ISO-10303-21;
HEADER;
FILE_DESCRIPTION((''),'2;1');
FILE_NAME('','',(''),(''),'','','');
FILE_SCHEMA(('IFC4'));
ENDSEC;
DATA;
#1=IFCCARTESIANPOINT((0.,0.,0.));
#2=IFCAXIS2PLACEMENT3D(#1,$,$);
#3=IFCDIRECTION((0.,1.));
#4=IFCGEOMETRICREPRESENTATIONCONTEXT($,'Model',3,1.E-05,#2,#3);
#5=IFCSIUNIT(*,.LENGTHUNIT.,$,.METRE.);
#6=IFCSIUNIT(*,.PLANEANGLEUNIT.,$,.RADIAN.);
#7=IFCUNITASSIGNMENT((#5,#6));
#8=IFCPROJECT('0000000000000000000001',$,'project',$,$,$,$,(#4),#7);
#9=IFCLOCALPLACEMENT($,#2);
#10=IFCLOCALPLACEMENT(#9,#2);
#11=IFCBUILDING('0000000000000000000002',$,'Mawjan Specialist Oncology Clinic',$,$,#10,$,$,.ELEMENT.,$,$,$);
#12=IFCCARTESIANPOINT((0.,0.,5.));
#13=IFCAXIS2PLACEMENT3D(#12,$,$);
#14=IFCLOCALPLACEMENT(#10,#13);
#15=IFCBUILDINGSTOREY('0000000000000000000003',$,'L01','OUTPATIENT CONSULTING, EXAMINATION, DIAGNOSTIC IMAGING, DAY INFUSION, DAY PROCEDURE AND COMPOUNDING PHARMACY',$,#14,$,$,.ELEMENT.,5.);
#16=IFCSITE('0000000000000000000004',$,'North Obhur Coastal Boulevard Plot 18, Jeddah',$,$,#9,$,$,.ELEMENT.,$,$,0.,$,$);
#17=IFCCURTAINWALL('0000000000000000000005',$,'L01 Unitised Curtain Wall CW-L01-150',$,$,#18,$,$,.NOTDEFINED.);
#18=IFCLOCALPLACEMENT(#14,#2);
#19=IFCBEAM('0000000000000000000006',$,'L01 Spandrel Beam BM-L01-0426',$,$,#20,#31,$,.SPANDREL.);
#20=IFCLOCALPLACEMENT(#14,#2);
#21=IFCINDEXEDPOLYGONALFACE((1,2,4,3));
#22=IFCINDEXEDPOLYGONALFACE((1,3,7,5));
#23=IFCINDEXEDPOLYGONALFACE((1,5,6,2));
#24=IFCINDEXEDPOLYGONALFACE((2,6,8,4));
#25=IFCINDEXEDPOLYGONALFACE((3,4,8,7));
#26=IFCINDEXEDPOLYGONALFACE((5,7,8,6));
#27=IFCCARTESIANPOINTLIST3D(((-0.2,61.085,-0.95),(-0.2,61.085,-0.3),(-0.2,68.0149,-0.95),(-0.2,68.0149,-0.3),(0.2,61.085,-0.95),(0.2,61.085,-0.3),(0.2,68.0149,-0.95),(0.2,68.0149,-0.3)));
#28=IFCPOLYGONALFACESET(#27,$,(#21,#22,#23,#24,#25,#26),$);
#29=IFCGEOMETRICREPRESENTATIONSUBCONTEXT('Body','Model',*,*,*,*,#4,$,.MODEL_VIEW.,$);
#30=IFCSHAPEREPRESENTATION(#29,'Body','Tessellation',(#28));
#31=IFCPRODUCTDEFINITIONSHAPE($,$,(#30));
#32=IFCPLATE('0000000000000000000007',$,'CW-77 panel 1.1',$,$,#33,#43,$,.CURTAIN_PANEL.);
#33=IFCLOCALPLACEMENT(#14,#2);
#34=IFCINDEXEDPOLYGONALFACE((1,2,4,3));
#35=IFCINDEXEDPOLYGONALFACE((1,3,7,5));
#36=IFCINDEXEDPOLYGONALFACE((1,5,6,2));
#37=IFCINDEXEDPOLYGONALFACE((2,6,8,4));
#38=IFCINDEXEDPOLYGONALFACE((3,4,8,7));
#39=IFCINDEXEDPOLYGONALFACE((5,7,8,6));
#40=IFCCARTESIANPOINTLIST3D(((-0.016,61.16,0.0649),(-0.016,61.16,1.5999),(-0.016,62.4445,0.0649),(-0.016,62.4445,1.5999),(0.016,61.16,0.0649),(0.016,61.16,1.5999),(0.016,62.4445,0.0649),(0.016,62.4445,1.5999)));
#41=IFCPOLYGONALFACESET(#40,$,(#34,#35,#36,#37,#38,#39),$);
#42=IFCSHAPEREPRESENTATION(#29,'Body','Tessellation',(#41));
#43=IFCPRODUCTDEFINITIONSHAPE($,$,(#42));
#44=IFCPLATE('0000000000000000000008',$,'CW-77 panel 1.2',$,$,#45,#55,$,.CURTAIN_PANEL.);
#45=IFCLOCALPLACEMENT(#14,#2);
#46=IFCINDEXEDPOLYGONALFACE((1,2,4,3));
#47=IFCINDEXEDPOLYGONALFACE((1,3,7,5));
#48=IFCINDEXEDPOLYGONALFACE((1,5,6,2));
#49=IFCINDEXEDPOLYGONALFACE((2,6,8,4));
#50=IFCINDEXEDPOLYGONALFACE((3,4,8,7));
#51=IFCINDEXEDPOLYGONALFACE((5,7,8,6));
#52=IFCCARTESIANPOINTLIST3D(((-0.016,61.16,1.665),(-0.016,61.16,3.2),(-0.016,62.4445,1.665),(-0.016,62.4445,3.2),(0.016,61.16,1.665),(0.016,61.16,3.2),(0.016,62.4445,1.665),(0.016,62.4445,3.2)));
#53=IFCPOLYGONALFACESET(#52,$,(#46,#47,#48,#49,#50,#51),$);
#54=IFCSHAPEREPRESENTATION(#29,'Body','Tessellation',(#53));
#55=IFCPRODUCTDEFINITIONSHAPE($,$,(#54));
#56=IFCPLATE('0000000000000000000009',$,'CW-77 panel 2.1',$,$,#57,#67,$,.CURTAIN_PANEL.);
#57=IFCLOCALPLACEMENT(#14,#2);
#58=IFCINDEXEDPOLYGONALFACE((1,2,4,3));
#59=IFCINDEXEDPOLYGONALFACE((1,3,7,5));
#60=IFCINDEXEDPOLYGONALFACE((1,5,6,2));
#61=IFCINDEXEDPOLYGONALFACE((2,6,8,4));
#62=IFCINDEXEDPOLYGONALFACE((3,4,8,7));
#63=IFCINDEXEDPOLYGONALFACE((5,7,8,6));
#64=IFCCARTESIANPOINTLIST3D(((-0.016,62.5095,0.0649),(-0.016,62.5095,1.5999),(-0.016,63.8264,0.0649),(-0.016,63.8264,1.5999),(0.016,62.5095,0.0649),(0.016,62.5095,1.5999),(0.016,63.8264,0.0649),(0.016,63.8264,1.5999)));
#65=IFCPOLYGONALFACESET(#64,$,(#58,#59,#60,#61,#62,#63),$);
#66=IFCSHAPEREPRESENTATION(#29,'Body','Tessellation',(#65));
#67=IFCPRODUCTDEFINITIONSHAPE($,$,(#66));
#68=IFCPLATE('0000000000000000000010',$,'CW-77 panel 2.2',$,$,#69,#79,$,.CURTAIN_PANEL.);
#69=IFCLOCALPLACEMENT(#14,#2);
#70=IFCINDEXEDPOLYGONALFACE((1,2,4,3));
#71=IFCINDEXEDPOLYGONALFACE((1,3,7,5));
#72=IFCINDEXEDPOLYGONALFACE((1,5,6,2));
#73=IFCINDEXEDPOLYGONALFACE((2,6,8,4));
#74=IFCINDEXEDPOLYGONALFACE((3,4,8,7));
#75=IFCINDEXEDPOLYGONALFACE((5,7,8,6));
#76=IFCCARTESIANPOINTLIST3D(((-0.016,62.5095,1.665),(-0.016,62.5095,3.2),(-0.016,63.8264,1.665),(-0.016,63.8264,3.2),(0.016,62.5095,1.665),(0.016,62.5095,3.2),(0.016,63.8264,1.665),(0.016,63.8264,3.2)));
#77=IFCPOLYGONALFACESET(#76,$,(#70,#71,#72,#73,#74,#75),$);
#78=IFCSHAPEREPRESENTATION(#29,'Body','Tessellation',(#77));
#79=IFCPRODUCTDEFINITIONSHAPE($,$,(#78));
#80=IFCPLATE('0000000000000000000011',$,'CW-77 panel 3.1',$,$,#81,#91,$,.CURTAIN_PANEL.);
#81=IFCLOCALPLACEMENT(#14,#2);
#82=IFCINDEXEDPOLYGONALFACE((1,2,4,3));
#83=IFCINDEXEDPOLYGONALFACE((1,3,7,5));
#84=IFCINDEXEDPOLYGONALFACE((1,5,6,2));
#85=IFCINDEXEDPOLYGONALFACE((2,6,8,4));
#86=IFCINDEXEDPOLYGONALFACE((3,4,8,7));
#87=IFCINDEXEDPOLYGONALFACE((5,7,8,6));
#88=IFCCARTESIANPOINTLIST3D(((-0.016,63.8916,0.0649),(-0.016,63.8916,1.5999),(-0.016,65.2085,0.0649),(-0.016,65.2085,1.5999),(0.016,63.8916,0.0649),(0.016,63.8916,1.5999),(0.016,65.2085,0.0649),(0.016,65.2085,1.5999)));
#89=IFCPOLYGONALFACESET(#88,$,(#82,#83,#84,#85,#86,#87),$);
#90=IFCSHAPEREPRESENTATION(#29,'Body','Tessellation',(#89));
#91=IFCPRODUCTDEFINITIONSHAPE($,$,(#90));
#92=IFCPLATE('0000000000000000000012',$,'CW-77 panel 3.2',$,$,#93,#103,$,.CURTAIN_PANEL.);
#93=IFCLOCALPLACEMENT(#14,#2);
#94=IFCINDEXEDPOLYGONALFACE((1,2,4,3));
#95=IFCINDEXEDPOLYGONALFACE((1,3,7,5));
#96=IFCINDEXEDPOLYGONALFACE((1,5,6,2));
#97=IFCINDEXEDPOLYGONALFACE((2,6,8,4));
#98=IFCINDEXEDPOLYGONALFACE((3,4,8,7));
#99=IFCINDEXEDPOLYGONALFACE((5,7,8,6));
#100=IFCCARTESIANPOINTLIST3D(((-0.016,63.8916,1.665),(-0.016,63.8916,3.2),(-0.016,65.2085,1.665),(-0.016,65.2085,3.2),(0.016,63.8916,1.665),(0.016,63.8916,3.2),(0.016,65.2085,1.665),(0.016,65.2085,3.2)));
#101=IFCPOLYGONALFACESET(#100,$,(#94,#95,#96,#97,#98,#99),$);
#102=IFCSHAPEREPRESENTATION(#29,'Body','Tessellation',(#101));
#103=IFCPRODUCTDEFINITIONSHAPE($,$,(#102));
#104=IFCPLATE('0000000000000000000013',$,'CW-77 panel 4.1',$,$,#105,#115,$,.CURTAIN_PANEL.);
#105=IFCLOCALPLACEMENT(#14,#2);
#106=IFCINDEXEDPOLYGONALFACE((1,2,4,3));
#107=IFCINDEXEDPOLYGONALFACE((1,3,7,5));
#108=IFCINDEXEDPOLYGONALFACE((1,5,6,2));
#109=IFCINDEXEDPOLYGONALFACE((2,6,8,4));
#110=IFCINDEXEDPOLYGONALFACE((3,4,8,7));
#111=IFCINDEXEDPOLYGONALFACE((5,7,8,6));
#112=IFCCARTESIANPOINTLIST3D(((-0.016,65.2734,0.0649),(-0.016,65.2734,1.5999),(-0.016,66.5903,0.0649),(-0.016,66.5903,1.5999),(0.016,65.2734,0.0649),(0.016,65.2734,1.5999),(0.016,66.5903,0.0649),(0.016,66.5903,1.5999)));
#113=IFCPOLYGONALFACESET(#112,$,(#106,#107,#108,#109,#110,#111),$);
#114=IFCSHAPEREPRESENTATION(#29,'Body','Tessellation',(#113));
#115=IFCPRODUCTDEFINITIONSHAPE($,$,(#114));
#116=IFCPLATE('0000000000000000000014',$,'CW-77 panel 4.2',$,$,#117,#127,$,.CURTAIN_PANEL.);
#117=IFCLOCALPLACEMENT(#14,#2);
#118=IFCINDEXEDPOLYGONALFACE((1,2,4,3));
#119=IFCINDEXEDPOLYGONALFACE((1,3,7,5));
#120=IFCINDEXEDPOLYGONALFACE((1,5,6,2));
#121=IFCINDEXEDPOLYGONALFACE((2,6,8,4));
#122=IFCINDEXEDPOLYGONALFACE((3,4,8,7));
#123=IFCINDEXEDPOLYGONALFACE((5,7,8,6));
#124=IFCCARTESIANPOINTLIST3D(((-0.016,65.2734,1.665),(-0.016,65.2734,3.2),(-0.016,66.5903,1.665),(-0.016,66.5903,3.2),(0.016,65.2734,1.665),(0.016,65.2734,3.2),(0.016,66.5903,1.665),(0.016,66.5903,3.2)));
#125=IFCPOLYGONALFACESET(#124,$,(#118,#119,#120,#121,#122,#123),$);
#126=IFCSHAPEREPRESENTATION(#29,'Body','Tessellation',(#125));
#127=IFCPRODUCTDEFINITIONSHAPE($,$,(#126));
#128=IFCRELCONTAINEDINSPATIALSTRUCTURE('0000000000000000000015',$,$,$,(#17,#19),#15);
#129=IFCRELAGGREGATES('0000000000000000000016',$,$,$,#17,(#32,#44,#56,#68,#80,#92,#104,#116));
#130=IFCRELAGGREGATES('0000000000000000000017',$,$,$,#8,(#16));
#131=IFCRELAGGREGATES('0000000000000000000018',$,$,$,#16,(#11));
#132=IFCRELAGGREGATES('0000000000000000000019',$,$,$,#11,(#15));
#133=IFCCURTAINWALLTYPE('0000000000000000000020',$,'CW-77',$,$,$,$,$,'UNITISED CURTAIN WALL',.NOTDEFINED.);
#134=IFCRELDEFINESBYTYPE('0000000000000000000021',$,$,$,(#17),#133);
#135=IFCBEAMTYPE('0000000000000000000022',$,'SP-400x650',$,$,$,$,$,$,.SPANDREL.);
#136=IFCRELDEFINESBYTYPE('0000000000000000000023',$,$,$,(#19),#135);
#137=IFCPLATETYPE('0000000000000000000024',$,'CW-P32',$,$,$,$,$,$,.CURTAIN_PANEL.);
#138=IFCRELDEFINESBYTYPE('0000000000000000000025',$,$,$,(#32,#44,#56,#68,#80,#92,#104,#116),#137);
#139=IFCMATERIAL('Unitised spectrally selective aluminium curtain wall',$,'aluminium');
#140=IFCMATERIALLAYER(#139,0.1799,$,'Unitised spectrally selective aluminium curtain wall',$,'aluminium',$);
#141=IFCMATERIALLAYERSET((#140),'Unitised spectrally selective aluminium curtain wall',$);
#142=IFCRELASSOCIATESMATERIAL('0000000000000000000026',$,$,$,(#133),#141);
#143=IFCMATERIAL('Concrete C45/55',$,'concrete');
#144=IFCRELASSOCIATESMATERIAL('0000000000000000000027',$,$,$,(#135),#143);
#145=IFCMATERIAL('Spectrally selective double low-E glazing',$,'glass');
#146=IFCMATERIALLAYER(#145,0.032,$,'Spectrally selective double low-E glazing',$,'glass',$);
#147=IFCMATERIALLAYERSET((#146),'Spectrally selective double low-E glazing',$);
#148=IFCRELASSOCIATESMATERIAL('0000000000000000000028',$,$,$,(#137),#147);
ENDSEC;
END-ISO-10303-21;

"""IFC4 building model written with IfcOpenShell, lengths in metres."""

from ifc_helpers import new_model, si_unit, direction, frame, origin, origin_2d, place, context, subcontext, project, spatial, rectangle, extrude, material, layer, layer_set, material_profile, profile_set, type_object, element, aggregate, save


model = new_model("IFC4")

# Units and contexts
model_context = context("Model", 3, precision=1e-05, world=origin(), true_north=direction((0.0, 1.0)))
body_context = subcontext(model_context, "Body", "Model", "MODEL_VIEW")
ifc_project = project(units=[si_unit("LENGTHUNIT", "METRE"), si_unit("PLANEANGLEUNIT", "RADIAN")], contexts=[model_context])

# Site, building, storey
site_placement = place(None, origin())
site = spatial("IfcSite", under=ifc_project, at=site_placement, Name="North Obhur Coastal Boulevard Plot 18, Jeddah", CompositionType="ELEMENT", RefElevation=0.0)
building_placement = place(site_placement, origin())
building = spatial("IfcBuilding", under=site, at=building_placement, Name="Mawjan Specialist Oncology Clinic", CompositionType="ELEMENT")
storey_placement = place(building_placement, frame((0.0, 0.0, 5.0)))
storey = spatial("IfcBuildingStorey", under=building, at=storey_placement, Name="L01", Description="OUTPATIENT CONSULTING, EXAMINATION, DIAGNOSTIC IMAGING, DAY INFUSION, DAY PROCEDURE AND COMPOUNDING PHARMACY", CompositionType="ELEMENT", Elevation=5.0)

# Curtain wall
ifc_material_1 = material(Name="Unitised spectrally selective aluminium curtain wall", Category="aluminium")
ifc_layer_1 = layer(ifc_material_1, 0.1799, Name="Unitised spectrally selective aluminium curtain wall", Category="aluminium")
ifc_layer_set_1 = layer_set([ifc_layer_1], Name="Unitised spectrally selective aluminium curtain wall")
curtain_wall_type_1 = type_object("IfcCurtainWallType", Name="CW-77", ElementType="UNITISED CURTAIN WALL", PredefinedType="NOTDEFINED", material=ifc_layer_set_1)
curtain_wall_1_placement = place(storey_placement, origin())
curtain_wall_1 = element("IfcCurtainWall", 1, at=curtain_wall_1_placement, inside=storey, type_object=curtain_wall_type_1, Name="L01 Unitised Curtain Wall CW-L01-150", PredefinedType="NOTDEFINED")

# Beam
ifc_material_2 = material(Name="Concrete C45/55", Category="concrete")
ifc_material_profile_1 = material_profile(ifc_material_2, rectangle(XDim=0.3999, YDim=0.6499, at=origin_2d()), Name="RC BM 400x650", Category="concrete")
ifc_profile_set_1 = profile_set([ifc_material_profile_1], Name="Concrete C45/55")
beam_type = type_object("IfcBeamType", Name="SP-400x650", PredefinedType="SPANDREL", material=ifc_profile_set_1)
beam_placement = place(storey_placement, frame((0.0, 61.085, -0.625), z_axis=(0.0, 1.0, 0.0), x_axis=(-1.0, 0.0, 0.0)))
element("IfcBeam", 2, at=beam_placement, inside=storey, type_object=beam_type, Name="L01 Spandrel Beam BM-L01-0426", PredefinedType="SPANDREL", context=body_context, shape_type="SweptSolid", body=[
    extrude(rectangle(XDim=0.3999, YDim=0.6499, at=origin_2d()), origin(), (0.0, 0.0, 1.0), 6.9299),
])

# Plates
ifc_material_3 = material(Name="Spectrally selective double low-E glazing", Category="glass")
ifc_layer_2 = layer(ifc_material_3, 0.032, Name="Spectrally selective double low-E glazing", Category="glass")
ifc_layer_set_2 = layer_set([ifc_layer_2], Name="Spectrally selective double low-E glazing")
plate_type = type_object("IfcPlateType", Name="CW-P32", PredefinedType="CURTAIN_PANEL", material=ifc_layer_set_2)
plate_1_placement = place(storey_placement, frame((0.0, 61.8022, 0.0649), z_axis=(0.0, 0.0, 1.0), x_axis=(0.0, 1.0, 0.0)))
plate_1 = element("IfcPlate", 3, at=plate_1_placement, type_object=plate_type, Name="CW-77 panel 1.1", PredefinedType="CURTAIN_PANEL", context=body_context, shape_type="SweptSolid", body=[
    extrude(rectangle(XDim=1.2844, YDim=0.032, at=origin_2d()), origin(), (0.0, 0.0, 1.0), 1.5349),
])
plate_2_placement = place(storey_placement, frame((0.0, 61.8022, 1.665), z_axis=(0.0, 0.0, 1.0), x_axis=(0.0, 1.0, 0.0)))
plate_2 = element("IfcPlate", 4, at=plate_2_placement, type_object=plate_type, Name="CW-77 panel 1.2", PredefinedType="CURTAIN_PANEL", context=body_context, shape_type="SweptSolid", body=[
    extrude(rectangle(XDim=1.2844, YDim=0.032, at=origin_2d()), origin(), (0.0, 0.0, 1.0), 1.5349),
])
plate_3_placement = place(storey_placement, frame((0.0, 63.168, 0.0649), z_axis=(0.0, 0.0, 1.0), x_axis=(0.0, 1.0, 0.0)))
plate_3 = element("IfcPlate", 5, at=plate_3_placement, type_object=plate_type, Name="CW-77 panel 2.1", PredefinedType="CURTAIN_PANEL", context=body_context, shape_type="SweptSolid", body=[
    extrude(rectangle(XDim=1.3169, YDim=0.032, at=origin_2d()), origin(), (0.0, 0.0, 1.0), 1.5349),
])
plate_4_placement = place(storey_placement, frame((0.0, 63.168, 1.665), z_axis=(0.0, 0.0, 1.0), x_axis=(0.0, 1.0, 0.0)))
plate_4 = element("IfcPlate", 6, at=plate_4_placement, type_object=plate_type, Name="CW-77 panel 2.2", PredefinedType="CURTAIN_PANEL", context=body_context, shape_type="SweptSolid", body=[
    extrude(rectangle(XDim=1.3169, YDim=0.032, at=origin_2d()), origin(), (0.0, 0.0, 1.0), 1.5349),
])
plate_5_placement = place(storey_placement, frame((0.0, 64.55, 0.0649), z_axis=(0.0, 0.0, 1.0), x_axis=(0.0, 1.0, 0.0)))
plate_5 = element("IfcPlate", 7, at=plate_5_placement, type_object=plate_type, Name="CW-77 panel 3.1", PredefinedType="CURTAIN_PANEL", context=body_context, shape_type="SweptSolid", body=[
    extrude(rectangle(XDim=1.3169, YDim=0.032, at=origin_2d()), origin(), (0.0, 0.0, 1.0), 1.5349),
])
plate_6_placement = place(storey_placement, frame((0.0, 64.55, 1.665), z_axis=(0.0, 0.0, 1.0), x_axis=(0.0, 1.0, 0.0)))
plate_6 = element("IfcPlate", 8, at=plate_6_placement, type_object=plate_type, Name="CW-77 panel 3.2", PredefinedType="CURTAIN_PANEL", context=body_context, shape_type="SweptSolid", body=[
    extrude(rectangle(XDim=1.3169, YDim=0.032, at=origin_2d()), origin(), (0.0, 0.0, 1.0), 1.5349),
])
plate_7_placement = place(storey_placement, frame((0.0, 65.9319, 0.0649), z_axis=(0.0, 0.0, 1.0), x_axis=(0.0, 1.0, 0.0)))
plate_7 = element("IfcPlate", 9, at=plate_7_placement, type_object=plate_type, Name="CW-77 panel 4.1", PredefinedType="CURTAIN_PANEL", context=body_context, shape_type="SweptSolid", body=[
    extrude(rectangle(XDim=1.3169, YDim=0.032, at=origin_2d()), origin(), (0.0, 0.0, 1.0), 1.5349),
])
plate_8_placement = place(storey_placement, frame((0.0, 65.9319, 1.665), z_axis=(0.0, 0.0, 1.0), x_axis=(0.0, 1.0, 0.0)))
plate_8 = element("IfcPlate", 10, at=plate_8_placement, type_object=plate_type, Name="CW-77 panel 4.2", PredefinedType="CURTAIN_PANEL", context=body_context, shape_type="SweptSolid", body=[
    extrude(rectangle(XDim=1.3169, YDim=0.032, at=origin_2d()), origin(), (0.0, 0.0, 1.0), 1.5349),
])
aggregate(curtain_wall_1, [plate_1, plate_2, plate_3, plate_4, plate_5, plate_6, plate_7, plate_8])

save(model, "model.ifc")
